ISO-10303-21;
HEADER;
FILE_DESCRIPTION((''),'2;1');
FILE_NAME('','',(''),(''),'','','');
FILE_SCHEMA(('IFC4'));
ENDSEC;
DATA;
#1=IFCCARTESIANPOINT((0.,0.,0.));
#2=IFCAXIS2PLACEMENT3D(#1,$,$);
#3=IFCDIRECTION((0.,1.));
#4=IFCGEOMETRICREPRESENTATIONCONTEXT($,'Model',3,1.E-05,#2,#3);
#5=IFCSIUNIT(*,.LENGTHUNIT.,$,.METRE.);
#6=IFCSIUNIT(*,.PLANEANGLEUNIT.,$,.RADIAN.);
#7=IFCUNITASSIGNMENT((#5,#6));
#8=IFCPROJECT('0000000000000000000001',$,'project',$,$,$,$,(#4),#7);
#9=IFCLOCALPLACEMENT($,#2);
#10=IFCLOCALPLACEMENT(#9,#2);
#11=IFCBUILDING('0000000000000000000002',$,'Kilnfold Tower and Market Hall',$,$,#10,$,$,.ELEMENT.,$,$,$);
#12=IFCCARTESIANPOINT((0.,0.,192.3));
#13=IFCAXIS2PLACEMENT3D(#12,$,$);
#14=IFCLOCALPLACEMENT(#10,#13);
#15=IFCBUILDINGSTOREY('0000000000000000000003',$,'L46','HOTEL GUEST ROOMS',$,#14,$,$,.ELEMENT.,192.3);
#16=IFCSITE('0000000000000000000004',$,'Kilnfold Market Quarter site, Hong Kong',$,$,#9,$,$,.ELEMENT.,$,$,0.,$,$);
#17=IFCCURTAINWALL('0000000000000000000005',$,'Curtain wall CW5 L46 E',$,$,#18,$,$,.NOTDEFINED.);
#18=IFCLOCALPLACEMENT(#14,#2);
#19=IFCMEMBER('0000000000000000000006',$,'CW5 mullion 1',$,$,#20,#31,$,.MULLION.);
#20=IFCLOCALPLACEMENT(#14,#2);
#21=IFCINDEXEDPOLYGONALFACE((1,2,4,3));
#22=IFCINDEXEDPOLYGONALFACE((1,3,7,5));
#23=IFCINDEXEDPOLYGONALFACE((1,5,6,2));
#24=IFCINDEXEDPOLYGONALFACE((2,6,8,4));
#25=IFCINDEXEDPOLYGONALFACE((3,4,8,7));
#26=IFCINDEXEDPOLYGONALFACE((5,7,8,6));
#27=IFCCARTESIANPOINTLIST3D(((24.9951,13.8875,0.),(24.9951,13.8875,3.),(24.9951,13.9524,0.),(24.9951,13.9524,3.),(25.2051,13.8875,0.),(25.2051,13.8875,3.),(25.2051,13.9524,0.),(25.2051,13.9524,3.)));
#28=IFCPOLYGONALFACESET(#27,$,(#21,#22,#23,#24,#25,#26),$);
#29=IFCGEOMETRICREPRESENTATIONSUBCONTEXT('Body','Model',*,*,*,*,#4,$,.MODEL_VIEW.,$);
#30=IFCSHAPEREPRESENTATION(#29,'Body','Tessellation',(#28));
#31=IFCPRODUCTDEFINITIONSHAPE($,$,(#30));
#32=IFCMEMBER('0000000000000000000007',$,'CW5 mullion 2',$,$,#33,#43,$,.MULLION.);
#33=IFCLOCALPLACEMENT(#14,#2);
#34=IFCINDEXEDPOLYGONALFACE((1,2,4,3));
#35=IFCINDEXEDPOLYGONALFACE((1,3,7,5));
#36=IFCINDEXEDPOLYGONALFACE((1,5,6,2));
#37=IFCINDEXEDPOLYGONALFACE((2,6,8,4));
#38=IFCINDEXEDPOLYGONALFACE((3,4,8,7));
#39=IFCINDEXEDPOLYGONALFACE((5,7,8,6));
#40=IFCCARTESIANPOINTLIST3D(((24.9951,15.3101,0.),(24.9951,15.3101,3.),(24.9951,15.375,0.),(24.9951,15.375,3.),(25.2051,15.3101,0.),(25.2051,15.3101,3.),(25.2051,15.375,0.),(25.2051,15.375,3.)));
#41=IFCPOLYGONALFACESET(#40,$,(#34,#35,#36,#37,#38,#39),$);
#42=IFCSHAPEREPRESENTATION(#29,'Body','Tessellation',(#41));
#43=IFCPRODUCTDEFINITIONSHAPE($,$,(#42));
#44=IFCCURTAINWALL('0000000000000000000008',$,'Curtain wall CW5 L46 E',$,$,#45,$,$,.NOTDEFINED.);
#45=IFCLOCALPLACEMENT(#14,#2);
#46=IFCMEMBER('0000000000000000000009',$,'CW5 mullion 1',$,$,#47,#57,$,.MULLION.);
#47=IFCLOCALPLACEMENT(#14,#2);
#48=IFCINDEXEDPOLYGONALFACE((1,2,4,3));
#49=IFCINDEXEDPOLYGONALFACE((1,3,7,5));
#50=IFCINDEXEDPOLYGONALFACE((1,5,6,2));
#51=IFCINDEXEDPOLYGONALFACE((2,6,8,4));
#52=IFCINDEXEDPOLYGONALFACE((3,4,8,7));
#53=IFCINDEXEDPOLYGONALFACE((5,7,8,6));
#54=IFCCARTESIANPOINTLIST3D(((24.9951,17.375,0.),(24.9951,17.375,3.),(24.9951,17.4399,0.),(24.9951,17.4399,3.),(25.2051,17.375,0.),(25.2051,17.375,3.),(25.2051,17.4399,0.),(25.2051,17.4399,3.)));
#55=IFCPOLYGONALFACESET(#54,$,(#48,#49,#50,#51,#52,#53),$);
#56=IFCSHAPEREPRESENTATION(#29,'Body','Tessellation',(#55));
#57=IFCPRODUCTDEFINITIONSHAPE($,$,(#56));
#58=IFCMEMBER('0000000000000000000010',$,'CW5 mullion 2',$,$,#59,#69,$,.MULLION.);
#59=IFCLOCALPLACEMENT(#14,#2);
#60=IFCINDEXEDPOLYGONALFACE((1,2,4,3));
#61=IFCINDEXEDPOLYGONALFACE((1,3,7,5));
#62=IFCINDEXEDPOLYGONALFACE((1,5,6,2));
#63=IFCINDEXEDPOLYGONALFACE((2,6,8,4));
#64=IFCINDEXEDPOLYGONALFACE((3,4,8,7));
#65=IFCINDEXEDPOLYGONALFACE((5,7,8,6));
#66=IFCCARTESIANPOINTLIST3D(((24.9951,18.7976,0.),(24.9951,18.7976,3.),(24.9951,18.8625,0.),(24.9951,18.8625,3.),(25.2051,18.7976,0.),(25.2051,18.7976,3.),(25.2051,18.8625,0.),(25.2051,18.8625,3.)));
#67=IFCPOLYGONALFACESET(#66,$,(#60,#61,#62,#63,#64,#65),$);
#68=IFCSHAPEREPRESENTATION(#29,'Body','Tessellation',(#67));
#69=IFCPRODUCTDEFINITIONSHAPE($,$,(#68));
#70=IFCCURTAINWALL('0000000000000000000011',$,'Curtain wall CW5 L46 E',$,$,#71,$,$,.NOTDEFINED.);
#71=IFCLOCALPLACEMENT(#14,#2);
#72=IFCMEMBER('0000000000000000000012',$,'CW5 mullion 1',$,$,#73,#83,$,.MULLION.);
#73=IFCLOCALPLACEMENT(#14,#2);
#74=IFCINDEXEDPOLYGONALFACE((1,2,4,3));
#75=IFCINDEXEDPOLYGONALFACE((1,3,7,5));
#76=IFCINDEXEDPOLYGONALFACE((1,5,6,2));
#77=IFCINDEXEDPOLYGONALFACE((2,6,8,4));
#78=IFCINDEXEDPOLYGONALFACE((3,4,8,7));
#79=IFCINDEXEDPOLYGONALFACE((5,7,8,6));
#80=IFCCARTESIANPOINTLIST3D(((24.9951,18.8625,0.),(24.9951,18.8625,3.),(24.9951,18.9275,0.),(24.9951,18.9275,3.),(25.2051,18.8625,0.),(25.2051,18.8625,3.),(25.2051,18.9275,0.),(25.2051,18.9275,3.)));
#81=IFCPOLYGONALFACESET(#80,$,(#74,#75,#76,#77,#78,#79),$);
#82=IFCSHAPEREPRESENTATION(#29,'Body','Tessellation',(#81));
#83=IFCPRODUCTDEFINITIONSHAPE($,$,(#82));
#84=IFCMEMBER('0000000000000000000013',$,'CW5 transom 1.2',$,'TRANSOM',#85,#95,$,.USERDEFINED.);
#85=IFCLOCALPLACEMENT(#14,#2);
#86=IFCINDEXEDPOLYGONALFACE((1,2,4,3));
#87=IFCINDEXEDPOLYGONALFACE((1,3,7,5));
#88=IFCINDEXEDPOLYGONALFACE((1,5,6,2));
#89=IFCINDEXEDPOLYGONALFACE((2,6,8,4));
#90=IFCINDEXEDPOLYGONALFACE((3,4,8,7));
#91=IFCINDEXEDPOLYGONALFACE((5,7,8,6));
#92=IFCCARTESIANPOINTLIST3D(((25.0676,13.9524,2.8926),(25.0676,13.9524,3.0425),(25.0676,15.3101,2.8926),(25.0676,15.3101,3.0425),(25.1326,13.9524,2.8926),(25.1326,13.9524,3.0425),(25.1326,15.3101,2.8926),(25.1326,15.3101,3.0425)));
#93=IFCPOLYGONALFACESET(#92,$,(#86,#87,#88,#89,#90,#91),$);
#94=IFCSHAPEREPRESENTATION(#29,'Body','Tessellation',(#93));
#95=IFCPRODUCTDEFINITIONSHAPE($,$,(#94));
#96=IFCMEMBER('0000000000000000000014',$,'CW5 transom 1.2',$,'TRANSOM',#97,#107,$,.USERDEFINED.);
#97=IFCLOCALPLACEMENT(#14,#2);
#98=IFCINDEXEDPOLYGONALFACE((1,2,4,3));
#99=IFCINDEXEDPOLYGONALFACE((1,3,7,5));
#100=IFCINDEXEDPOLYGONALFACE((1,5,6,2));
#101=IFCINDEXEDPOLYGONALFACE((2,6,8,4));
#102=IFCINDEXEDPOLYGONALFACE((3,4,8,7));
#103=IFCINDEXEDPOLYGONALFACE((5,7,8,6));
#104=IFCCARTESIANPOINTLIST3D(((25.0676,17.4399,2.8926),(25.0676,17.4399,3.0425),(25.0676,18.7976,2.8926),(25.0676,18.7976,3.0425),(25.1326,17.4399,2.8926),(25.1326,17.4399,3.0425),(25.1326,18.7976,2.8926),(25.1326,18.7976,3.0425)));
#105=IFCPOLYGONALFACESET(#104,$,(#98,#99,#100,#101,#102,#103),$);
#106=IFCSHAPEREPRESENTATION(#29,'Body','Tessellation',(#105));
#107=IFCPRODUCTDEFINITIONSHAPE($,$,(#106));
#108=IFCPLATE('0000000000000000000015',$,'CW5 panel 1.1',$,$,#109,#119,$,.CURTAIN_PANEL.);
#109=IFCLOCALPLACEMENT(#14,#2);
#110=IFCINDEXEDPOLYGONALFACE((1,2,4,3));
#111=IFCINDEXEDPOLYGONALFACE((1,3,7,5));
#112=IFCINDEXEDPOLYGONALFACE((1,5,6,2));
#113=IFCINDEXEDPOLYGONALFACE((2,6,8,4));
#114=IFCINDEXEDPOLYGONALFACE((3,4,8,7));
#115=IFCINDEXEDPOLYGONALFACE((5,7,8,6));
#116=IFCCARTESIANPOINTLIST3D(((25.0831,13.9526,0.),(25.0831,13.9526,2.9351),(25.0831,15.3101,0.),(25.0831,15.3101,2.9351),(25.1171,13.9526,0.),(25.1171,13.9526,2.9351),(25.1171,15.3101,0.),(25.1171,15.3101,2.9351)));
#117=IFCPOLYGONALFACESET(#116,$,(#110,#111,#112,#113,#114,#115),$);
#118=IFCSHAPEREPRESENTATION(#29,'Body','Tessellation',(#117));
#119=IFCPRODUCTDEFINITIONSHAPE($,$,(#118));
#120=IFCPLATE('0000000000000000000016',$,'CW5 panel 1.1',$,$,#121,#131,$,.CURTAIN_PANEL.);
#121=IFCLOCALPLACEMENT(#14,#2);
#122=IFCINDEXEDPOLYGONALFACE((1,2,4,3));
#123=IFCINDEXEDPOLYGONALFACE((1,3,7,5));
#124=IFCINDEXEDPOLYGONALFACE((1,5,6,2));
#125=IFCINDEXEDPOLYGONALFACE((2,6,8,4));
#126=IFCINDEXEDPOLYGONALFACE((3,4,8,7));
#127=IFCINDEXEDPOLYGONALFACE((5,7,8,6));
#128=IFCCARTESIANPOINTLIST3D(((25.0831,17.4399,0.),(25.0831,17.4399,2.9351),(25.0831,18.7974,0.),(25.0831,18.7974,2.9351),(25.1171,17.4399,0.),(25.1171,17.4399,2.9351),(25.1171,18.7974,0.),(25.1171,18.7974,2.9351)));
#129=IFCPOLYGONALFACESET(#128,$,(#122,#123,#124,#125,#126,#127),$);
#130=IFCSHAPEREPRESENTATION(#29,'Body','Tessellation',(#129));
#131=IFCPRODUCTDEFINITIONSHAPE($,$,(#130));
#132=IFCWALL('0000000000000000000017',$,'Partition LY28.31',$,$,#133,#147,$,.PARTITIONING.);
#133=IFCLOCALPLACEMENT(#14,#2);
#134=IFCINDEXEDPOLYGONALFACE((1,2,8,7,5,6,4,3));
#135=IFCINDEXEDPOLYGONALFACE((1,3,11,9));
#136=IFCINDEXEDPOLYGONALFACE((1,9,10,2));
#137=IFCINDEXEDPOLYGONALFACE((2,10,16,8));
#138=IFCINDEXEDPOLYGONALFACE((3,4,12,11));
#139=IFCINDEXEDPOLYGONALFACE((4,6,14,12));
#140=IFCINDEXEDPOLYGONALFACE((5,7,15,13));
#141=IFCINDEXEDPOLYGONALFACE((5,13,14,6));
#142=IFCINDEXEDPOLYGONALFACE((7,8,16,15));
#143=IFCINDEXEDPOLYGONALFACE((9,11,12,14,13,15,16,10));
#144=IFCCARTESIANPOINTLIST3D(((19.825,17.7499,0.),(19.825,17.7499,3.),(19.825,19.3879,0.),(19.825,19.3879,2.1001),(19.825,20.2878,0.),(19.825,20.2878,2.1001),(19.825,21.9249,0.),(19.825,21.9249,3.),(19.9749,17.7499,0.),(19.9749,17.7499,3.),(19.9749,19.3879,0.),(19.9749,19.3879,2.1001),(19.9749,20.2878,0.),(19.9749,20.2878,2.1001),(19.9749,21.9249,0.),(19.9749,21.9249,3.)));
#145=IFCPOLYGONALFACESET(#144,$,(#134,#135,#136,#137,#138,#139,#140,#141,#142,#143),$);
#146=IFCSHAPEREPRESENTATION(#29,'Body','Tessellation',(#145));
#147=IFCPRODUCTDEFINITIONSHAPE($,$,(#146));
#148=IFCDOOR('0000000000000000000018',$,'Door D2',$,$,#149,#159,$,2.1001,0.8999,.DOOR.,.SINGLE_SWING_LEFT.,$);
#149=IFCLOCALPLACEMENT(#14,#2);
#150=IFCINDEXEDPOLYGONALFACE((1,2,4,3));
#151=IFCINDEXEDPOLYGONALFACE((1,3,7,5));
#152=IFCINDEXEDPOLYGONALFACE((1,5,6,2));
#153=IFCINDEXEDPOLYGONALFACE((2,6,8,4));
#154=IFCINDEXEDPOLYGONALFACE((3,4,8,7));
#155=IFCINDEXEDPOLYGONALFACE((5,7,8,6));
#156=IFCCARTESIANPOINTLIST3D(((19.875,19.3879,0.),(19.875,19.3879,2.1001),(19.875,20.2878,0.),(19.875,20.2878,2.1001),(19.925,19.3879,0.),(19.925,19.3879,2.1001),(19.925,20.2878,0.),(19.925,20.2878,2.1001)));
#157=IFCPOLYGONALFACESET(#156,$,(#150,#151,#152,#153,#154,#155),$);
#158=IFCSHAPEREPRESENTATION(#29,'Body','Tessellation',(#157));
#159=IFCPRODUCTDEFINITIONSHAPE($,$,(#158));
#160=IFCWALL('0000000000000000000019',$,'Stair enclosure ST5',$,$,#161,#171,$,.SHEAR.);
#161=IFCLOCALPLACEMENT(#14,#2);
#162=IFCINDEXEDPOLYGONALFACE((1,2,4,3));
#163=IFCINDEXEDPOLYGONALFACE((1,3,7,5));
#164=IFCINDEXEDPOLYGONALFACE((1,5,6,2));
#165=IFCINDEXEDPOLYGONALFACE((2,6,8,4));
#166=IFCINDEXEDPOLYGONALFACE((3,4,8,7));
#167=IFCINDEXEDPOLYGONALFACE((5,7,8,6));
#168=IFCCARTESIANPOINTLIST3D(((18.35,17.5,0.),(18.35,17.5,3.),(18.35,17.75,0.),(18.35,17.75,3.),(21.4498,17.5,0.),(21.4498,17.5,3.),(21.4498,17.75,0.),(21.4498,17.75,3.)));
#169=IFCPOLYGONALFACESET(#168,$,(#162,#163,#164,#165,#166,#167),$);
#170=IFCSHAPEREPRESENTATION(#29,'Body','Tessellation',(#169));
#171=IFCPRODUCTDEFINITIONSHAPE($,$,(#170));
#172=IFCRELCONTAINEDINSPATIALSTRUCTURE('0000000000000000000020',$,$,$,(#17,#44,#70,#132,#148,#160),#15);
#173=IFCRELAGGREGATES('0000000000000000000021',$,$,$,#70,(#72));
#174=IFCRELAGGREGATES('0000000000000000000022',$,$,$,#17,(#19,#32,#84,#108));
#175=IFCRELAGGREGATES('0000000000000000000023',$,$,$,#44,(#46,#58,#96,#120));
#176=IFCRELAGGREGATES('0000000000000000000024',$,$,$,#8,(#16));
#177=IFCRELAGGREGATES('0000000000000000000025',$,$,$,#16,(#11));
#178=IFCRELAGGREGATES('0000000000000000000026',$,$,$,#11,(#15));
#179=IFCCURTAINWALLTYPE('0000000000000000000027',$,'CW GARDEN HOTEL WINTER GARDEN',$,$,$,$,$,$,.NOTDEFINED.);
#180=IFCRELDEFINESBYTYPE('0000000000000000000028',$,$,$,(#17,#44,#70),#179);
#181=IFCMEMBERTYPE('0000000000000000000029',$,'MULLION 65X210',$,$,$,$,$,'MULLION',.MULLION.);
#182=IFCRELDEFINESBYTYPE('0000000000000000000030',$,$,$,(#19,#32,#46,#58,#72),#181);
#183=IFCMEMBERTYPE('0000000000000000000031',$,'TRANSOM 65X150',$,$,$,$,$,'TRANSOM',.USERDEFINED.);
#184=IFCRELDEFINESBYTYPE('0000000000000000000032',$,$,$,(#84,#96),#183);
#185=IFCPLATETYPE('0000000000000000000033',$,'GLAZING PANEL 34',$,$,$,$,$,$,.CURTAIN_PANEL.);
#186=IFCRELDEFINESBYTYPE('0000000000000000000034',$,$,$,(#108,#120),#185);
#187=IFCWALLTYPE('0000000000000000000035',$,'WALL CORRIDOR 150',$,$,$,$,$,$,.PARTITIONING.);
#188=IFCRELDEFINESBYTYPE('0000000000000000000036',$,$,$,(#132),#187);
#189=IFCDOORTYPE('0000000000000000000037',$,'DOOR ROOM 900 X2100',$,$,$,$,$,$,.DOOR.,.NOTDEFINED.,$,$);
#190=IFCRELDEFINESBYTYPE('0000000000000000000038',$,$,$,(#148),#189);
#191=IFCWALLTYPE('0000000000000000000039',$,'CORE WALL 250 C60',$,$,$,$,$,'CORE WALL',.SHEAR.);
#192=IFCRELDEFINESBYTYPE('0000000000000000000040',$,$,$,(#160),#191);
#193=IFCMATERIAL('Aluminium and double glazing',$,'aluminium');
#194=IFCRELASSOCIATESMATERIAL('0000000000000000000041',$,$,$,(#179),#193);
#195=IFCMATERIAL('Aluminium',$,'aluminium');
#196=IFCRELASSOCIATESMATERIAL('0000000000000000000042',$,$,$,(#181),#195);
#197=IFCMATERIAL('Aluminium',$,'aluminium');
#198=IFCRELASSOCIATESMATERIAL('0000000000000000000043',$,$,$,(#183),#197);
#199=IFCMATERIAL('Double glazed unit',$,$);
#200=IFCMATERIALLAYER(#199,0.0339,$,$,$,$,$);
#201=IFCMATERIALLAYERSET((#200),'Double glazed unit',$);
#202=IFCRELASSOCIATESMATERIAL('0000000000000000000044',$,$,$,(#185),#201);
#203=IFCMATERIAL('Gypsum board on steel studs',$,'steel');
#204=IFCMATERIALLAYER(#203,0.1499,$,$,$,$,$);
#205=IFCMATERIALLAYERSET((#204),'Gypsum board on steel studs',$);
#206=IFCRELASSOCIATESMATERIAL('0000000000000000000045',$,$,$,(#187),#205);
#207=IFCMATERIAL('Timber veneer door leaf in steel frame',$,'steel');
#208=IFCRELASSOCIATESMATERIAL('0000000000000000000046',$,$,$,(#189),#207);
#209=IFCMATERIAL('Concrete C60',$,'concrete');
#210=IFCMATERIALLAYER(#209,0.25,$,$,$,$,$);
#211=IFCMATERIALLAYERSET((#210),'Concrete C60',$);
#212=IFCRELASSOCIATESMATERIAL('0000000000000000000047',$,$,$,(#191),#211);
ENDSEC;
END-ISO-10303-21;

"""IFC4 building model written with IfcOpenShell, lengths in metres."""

from ifc_helpers import new_model, si_unit, direction, frame, frame_2d, origin, origin_2d, place, context, subcontext, project, spatial, rectangle, extrude, source, transform, mapped, material, layer, layer_set, material_profile, profile_set, type_object, element, fill, aggregate, save


model = new_model("IFC4")

# Units and contexts
model_context = context("Model", 3, precision=1e-05, world=origin(), true_north=direction((0.0, 1.0)))
body_context = subcontext(model_context, "Body", "Model", "MODEL_VIEW")
ifc_project = project(units=[si_unit("LENGTHUNIT", "METRE"), si_unit("PLANEANGLEUNIT", "RADIAN")], contexts=[model_context])

# Site, building, storey
site_placement = place(None, origin())
site = spatial("IfcSite", under=ifc_project, at=site_placement, Name="Kilnfold Market Quarter site, Hong Kong", CompositionType="ELEMENT", RefElevation=0.0)
building_placement = place(site_placement, origin())
building = spatial("IfcBuilding", under=site, at=building_placement, Name="Kilnfold Tower and Market Hall", CompositionType="ELEMENT")
storey_placement = place(building_placement, frame((0.0, 0.0, 192.3)))
storey = spatial("IfcBuildingStorey", under=building, at=storey_placement, Name="L46", Description="HOTEL GUEST ROOMS", CompositionType="ELEMENT", Elevation=192.3)

# Curtain walls, members
ifc_material_1 = material(Name="Aluminium and double glazing", Category="aluminium")
curtain_wall_type = type_object("IfcCurtainWallType", Name="CW GARDEN HOTEL WINTER GARDEN", PredefinedType="NOTDEFINED", material=ifc_material_1)
curtain_wall_1_placement = place(storey_placement, origin())
curtain_wall_1 = element("IfcCurtainWall", 1, at=curtain_wall_1_placement, inside=storey, type_object=curtain_wall_type, Name="Curtain wall CW5 L46 E", PredefinedType="NOTDEFINED")
ifc_material_2 = material(Name="Aluminium", Category="aluminium")
ifc_material_profile_1 = material_profile(ifc_material_2, rectangle(XDim=0.0649, YDim=0.21, at=origin_2d()), Name="MULLION 65x210")
ifc_profile_set_1 = profile_set([ifc_material_profile_1], Name="Aluminium")
member_type_1 = type_object("IfcMemberType", Name="MULLION 65X210", ElementType="MULLION", PredefinedType="MULLION", material=ifc_profile_set_1)
shared_shape_1 = source(origin(), body_context, "Body", "SweptSolid", [
    extrude(rectangle(XDim=0.0649, YDim=0.21, at=origin_2d()), origin(), (0.0, 0.0, 1.0), 3.0),
])
member_1_placement = place(storey_placement, frame((25.1001, 13.9199, 0.0), z_axis=(0.0, 0.0, 1.0), x_axis=(0.0, 1.0, 0.0)))
member_1 = element("IfcMember", 2, at=member_1_placement, type_object=member_type_1, Name="CW5 mullion 1", PredefinedType="MULLION", context=body_context, shape_type="MappedRepresentation", body=[
    mapped(shared_shape_1, transform((0.0, 0.0, 0.0))),
])
member_2_placement = place(storey_placement, frame((25.1001, 15.3425, 0.0), z_axis=(0.0, 0.0, 1.0), x_axis=(0.0, 1.0, 0.0)))
member_2 = element("IfcMember", 3, at=member_2_placement, type_object=member_type_1, Name="CW5 mullion 2", PredefinedType="MULLION", context=body_context, shape_type="MappedRepresentation", body=[
    mapped(shared_shape_1, transform((0.0, 0.0, 0.0))),
])
curtain_wall_2_placement = place(storey_placement, origin())
curtain_wall_2 = element("IfcCurtainWall", 4, at=curtain_wall_2_placement, inside=storey, type_object=curtain_wall_type, Name="Curtain wall CW5 L46 E", PredefinedType="NOTDEFINED")
member_3_placement = place(storey_placement, frame((25.1001, 17.4075, 0.0), z_axis=(0.0, 0.0, 1.0), x_axis=(0.0, 1.0, 0.0)))
member_3 = element("IfcMember", 5, at=member_3_placement, type_object=member_type_1, Name="CW5 mullion 1", PredefinedType="MULLION", context=body_context, shape_type="MappedRepresentation", body=[
    mapped(shared_shape_1, transform((0.0, 0.0, 0.0))),
])
member_4_placement = place(storey_placement, frame((25.1001, 18.8301, 0.0), z_axis=(0.0, 0.0, 1.0), x_axis=(0.0, 1.0, 0.0)))
member_4 = element("IfcMember", 6, at=member_4_placement, type_object=member_type_1, Name="CW5 mullion 2", PredefinedType="MULLION", context=body_context, shape_type="MappedRepresentation", body=[
    mapped(shared_shape_1, transform((0.0, 0.0, 0.0))),
])

# Curtain wall, member
curtain_wall_3_placement = place(storey_placement, origin())
curtain_wall_3 = element("IfcCurtainWall", 7, at=curtain_wall_3_placement, inside=storey, type_object=curtain_wall_type, Name="Curtain wall CW5 L46 E", PredefinedType="NOTDEFINED")
member_5_placement = place(storey_placement, frame((25.1001, 18.895, 0.0), z_axis=(0.0, 0.0, 1.0), x_axis=(0.0, 1.0, 0.0)))
member_5 = element("IfcMember", 8, at=member_5_placement, type_object=member_type_1, Name="CW5 mullion 1", PredefinedType="MULLION", context=body_context, shape_type="MappedRepresentation", body=[
    mapped(shared_shape_1, transform((0.0, 0.0, 0.0))),
])
aggregate(curtain_wall_3, [member_5])

# Members
ifc_material_3 = material(Name="Aluminium", Category="aluminium")
ifc_material_profile_2 = material_profile(ifc_material_3, rectangle(XDim=0.0649, YDim=0.1499, at=origin_2d()), Name="TRANSOM 65x150")
ifc_profile_set_2 = profile_set([ifc_material_profile_2], Name="Aluminium")
member_type_2 = type_object("IfcMemberType", Name="TRANSOM 65X150", ElementType="TRANSOM", PredefinedType="USERDEFINED", material=ifc_profile_set_2)
shared_shape_2 = source(origin(), body_context, "Body", "SweptSolid", [
    extrude(rectangle(XDim=0.0649, YDim=0.1499, at=origin_2d()), origin(), (0.0, 0.0, 1.0), 1.3577),
])
member_6_placement = place(storey_placement, frame((25.1001, 13.9524, 2.9675), z_axis=(0.0, 1.0, 0.0), x_axis=(-1.0, 0.0, 0.0)))
member_6 = element("IfcMember", 9, at=member_6_placement, type_object=member_type_2, Name="CW5 transom 1.2", ObjectType="TRANSOM", PredefinedType="USERDEFINED", context=body_context, shape_type="MappedRepresentation", body=[
    mapped(shared_shape_2, transform((0.0, 0.0, 0.0))),
])
member_7_placement = place(storey_placement, frame((25.1001, 17.4399, 2.9675), z_axis=(0.0, 1.0, 0.0), x_axis=(-1.0, 0.0, 0.0)))
member_7 = element("IfcMember", 10, at=member_7_placement, type_object=member_type_2, Name="CW5 transom 1.2", ObjectType="TRANSOM", PredefinedType="USERDEFINED", context=body_context, shape_type="MappedRepresentation", body=[
    mapped(shared_shape_2, transform((0.0, 0.0, 0.0))),
])

# Plates
ifc_material_4 = material(Name="Double glazed unit")
ifc_layer_1 = layer(ifc_material_4, 0.0339)
ifc_layer_set_1 = layer_set([ifc_layer_1], Name="Double glazed unit")
plate_type = type_object("IfcPlateType", Name="GLAZING PANEL 34", PredefinedType="CURTAIN_PANEL", material=ifc_layer_set_1)
shared_shape_3 = source(origin(), body_context, "Body", "SweptSolid", [
    extrude(rectangle(XDim=1.3574, YDim=0.0339, at=origin_2d()), origin(), (0.0, 0.0, 1.0), 2.9351),
])
plate_1_placement = place(storey_placement, frame((25.1001, 14.6313, 0.0), z_axis=(0.0, 0.0, 1.0), x_axis=(0.0, 1.0, 0.0)))
plate_1 = element("IfcPlate", 11, at=plate_1_placement, type_object=plate_type, Name="CW5 panel 1.1", PredefinedType="CURTAIN_PANEL", context=body_context, shape_type="MappedRepresentation", body=[
    mapped(shared_shape_3, transform((0.0, 0.0, 0.0))),
])
aggregate(curtain_wall_1, [member_1, member_2, member_6, plate_1])
plate_2_placement = place(storey_placement, frame((25.1001, 18.1187, 0.0), z_axis=(0.0, 0.0, 1.0), x_axis=(0.0, 1.0, 0.0)))
plate_2 = element("IfcPlate", 12, at=plate_2_placement, type_object=plate_type, Name="CW5 panel 1.1", PredefinedType="CURTAIN_PANEL", context=body_context, shape_type="MappedRepresentation", body=[
    mapped(shared_shape_3, transform((0.0, 0.0, 0.0))),
])
aggregate(curtain_wall_2, [member_3, member_4, member_7, plate_2])

# Wall, opening, door
ifc_material_5 = material(Name="Gypsum board on steel studs", Category="steel")
ifc_layer_2 = layer(ifc_material_5, 0.1499)
ifc_layer_set_2 = layer_set([ifc_layer_2], Name="Gypsum board on steel studs")
wall_type_1 = type_object("IfcWallType", Name="WALL CORRIDOR 150", PredefinedType="PARTITIONING", material=ifc_layer_set_2)
wall_1_placement = place(storey_placement, frame((19.8999, 17.75, 0.0), z_axis=(0.0, 0.0, 1.0), x_axis=(0.0, 1.0, 0.0)))
wall_1 = element("IfcWall", 13, at=wall_1_placement, inside=storey, type_object=wall_type_1, Name="Partition LY28.31", PredefinedType="PARTITIONING", context=body_context, shape_type="SweptSolid", body=[
    extrude(rectangle(XDim=4.175, YDim=0.1499, at=frame_2d((2.0874, 0.0))), origin(), (0.0, 0.0, 1.0), 3.0),
])
opening_1_placement = place(wall_1_placement, frame((1.6379, 0.0, 0.0)))
opening_1 = element("IfcOpeningElement", 14, at=opening_1_placement, cuts=wall_1, PredefinedType="OPENING", context=body_context, shape_type="SweptSolid", body=[
    extrude(rectangle(XDim=0.8999, YDim=2.1001, at=frame_2d((0.45, 1.05))), frame((0.0, 0.085, 0.0), z_axis=(0.0, -1.0, 0.0), x_axis=(1.0, 0.0, 0.0)), (0.0, 0.0, 1.0), 0.1699),
])
ifc_material_6 = material(Name="Timber veneer door leaf in steel frame", Category="steel")
door_type_1 = type_object("IfcDoorType", Name="DOOR ROOM 900 X2100", OperationType="NOTDEFINED", PredefinedType="DOOR", material=ifc_material_6)
door_1_placement = place(opening_1_placement, origin())
door_1 = element("IfcDoor", 15, at=door_1_placement, inside=storey, type_object=door_type_1, Name="Door D2", OperationType="SINGLE_SWING_LEFT", OverallHeight=2.1001, OverallWidth=0.8999, PredefinedType="DOOR", context=body_context, shape_type="SweptSolid", body=[
    extrude(rectangle(XDim=0.8999, YDim=2.1001, at=frame_2d((0.45, 1.05))), frame((0.0, 0.0249, 0.0), z_axis=(0.0, -1.0, 0.0), x_axis=(1.0, 0.0, 0.0)), (0.0, 0.0, 1.0), 0.05),
])
fill(opening_1, door_1)

# Wall
ifc_material_7 = material(Name="Concrete C60", Category="concrete")
ifc_layer_3 = layer(ifc_material_7, 0.25)
ifc_layer_set_3 = layer_set([ifc_layer_3], Name="Concrete C60")
wall_type_2 = type_object("IfcWallType", Name="CORE WALL 250 C60", ElementType="CORE WALL", PredefinedType="SHEAR", material=ifc_layer_set_3)
shared_shape_4 = source(origin(), body_context, "Body", "SweptSolid", [
    extrude(rectangle(XDim=3.0999, YDim=0.25, at=frame_2d((1.5498, 0.0))), origin(), (0.0, 0.0, 1.0), 3.0),
])
wall_2_placement = place(storey_placement, frame((18.3501, 17.625, 0.0), z_axis=(0.0, 0.0, 1.0), x_axis=(1.0, 0.0, 0.0)))
element("IfcWall", 16, at=wall_2_placement, inside=storey, type_object=wall_type_2, Name="Stair enclosure ST5", PredefinedType="SHEAR", context=body_context, shape_type="MappedRepresentation", body=[
    mapped(shared_shape_4, transform((0.0, 0.0, 0.0))),
])

save(model, "model.ifc")
